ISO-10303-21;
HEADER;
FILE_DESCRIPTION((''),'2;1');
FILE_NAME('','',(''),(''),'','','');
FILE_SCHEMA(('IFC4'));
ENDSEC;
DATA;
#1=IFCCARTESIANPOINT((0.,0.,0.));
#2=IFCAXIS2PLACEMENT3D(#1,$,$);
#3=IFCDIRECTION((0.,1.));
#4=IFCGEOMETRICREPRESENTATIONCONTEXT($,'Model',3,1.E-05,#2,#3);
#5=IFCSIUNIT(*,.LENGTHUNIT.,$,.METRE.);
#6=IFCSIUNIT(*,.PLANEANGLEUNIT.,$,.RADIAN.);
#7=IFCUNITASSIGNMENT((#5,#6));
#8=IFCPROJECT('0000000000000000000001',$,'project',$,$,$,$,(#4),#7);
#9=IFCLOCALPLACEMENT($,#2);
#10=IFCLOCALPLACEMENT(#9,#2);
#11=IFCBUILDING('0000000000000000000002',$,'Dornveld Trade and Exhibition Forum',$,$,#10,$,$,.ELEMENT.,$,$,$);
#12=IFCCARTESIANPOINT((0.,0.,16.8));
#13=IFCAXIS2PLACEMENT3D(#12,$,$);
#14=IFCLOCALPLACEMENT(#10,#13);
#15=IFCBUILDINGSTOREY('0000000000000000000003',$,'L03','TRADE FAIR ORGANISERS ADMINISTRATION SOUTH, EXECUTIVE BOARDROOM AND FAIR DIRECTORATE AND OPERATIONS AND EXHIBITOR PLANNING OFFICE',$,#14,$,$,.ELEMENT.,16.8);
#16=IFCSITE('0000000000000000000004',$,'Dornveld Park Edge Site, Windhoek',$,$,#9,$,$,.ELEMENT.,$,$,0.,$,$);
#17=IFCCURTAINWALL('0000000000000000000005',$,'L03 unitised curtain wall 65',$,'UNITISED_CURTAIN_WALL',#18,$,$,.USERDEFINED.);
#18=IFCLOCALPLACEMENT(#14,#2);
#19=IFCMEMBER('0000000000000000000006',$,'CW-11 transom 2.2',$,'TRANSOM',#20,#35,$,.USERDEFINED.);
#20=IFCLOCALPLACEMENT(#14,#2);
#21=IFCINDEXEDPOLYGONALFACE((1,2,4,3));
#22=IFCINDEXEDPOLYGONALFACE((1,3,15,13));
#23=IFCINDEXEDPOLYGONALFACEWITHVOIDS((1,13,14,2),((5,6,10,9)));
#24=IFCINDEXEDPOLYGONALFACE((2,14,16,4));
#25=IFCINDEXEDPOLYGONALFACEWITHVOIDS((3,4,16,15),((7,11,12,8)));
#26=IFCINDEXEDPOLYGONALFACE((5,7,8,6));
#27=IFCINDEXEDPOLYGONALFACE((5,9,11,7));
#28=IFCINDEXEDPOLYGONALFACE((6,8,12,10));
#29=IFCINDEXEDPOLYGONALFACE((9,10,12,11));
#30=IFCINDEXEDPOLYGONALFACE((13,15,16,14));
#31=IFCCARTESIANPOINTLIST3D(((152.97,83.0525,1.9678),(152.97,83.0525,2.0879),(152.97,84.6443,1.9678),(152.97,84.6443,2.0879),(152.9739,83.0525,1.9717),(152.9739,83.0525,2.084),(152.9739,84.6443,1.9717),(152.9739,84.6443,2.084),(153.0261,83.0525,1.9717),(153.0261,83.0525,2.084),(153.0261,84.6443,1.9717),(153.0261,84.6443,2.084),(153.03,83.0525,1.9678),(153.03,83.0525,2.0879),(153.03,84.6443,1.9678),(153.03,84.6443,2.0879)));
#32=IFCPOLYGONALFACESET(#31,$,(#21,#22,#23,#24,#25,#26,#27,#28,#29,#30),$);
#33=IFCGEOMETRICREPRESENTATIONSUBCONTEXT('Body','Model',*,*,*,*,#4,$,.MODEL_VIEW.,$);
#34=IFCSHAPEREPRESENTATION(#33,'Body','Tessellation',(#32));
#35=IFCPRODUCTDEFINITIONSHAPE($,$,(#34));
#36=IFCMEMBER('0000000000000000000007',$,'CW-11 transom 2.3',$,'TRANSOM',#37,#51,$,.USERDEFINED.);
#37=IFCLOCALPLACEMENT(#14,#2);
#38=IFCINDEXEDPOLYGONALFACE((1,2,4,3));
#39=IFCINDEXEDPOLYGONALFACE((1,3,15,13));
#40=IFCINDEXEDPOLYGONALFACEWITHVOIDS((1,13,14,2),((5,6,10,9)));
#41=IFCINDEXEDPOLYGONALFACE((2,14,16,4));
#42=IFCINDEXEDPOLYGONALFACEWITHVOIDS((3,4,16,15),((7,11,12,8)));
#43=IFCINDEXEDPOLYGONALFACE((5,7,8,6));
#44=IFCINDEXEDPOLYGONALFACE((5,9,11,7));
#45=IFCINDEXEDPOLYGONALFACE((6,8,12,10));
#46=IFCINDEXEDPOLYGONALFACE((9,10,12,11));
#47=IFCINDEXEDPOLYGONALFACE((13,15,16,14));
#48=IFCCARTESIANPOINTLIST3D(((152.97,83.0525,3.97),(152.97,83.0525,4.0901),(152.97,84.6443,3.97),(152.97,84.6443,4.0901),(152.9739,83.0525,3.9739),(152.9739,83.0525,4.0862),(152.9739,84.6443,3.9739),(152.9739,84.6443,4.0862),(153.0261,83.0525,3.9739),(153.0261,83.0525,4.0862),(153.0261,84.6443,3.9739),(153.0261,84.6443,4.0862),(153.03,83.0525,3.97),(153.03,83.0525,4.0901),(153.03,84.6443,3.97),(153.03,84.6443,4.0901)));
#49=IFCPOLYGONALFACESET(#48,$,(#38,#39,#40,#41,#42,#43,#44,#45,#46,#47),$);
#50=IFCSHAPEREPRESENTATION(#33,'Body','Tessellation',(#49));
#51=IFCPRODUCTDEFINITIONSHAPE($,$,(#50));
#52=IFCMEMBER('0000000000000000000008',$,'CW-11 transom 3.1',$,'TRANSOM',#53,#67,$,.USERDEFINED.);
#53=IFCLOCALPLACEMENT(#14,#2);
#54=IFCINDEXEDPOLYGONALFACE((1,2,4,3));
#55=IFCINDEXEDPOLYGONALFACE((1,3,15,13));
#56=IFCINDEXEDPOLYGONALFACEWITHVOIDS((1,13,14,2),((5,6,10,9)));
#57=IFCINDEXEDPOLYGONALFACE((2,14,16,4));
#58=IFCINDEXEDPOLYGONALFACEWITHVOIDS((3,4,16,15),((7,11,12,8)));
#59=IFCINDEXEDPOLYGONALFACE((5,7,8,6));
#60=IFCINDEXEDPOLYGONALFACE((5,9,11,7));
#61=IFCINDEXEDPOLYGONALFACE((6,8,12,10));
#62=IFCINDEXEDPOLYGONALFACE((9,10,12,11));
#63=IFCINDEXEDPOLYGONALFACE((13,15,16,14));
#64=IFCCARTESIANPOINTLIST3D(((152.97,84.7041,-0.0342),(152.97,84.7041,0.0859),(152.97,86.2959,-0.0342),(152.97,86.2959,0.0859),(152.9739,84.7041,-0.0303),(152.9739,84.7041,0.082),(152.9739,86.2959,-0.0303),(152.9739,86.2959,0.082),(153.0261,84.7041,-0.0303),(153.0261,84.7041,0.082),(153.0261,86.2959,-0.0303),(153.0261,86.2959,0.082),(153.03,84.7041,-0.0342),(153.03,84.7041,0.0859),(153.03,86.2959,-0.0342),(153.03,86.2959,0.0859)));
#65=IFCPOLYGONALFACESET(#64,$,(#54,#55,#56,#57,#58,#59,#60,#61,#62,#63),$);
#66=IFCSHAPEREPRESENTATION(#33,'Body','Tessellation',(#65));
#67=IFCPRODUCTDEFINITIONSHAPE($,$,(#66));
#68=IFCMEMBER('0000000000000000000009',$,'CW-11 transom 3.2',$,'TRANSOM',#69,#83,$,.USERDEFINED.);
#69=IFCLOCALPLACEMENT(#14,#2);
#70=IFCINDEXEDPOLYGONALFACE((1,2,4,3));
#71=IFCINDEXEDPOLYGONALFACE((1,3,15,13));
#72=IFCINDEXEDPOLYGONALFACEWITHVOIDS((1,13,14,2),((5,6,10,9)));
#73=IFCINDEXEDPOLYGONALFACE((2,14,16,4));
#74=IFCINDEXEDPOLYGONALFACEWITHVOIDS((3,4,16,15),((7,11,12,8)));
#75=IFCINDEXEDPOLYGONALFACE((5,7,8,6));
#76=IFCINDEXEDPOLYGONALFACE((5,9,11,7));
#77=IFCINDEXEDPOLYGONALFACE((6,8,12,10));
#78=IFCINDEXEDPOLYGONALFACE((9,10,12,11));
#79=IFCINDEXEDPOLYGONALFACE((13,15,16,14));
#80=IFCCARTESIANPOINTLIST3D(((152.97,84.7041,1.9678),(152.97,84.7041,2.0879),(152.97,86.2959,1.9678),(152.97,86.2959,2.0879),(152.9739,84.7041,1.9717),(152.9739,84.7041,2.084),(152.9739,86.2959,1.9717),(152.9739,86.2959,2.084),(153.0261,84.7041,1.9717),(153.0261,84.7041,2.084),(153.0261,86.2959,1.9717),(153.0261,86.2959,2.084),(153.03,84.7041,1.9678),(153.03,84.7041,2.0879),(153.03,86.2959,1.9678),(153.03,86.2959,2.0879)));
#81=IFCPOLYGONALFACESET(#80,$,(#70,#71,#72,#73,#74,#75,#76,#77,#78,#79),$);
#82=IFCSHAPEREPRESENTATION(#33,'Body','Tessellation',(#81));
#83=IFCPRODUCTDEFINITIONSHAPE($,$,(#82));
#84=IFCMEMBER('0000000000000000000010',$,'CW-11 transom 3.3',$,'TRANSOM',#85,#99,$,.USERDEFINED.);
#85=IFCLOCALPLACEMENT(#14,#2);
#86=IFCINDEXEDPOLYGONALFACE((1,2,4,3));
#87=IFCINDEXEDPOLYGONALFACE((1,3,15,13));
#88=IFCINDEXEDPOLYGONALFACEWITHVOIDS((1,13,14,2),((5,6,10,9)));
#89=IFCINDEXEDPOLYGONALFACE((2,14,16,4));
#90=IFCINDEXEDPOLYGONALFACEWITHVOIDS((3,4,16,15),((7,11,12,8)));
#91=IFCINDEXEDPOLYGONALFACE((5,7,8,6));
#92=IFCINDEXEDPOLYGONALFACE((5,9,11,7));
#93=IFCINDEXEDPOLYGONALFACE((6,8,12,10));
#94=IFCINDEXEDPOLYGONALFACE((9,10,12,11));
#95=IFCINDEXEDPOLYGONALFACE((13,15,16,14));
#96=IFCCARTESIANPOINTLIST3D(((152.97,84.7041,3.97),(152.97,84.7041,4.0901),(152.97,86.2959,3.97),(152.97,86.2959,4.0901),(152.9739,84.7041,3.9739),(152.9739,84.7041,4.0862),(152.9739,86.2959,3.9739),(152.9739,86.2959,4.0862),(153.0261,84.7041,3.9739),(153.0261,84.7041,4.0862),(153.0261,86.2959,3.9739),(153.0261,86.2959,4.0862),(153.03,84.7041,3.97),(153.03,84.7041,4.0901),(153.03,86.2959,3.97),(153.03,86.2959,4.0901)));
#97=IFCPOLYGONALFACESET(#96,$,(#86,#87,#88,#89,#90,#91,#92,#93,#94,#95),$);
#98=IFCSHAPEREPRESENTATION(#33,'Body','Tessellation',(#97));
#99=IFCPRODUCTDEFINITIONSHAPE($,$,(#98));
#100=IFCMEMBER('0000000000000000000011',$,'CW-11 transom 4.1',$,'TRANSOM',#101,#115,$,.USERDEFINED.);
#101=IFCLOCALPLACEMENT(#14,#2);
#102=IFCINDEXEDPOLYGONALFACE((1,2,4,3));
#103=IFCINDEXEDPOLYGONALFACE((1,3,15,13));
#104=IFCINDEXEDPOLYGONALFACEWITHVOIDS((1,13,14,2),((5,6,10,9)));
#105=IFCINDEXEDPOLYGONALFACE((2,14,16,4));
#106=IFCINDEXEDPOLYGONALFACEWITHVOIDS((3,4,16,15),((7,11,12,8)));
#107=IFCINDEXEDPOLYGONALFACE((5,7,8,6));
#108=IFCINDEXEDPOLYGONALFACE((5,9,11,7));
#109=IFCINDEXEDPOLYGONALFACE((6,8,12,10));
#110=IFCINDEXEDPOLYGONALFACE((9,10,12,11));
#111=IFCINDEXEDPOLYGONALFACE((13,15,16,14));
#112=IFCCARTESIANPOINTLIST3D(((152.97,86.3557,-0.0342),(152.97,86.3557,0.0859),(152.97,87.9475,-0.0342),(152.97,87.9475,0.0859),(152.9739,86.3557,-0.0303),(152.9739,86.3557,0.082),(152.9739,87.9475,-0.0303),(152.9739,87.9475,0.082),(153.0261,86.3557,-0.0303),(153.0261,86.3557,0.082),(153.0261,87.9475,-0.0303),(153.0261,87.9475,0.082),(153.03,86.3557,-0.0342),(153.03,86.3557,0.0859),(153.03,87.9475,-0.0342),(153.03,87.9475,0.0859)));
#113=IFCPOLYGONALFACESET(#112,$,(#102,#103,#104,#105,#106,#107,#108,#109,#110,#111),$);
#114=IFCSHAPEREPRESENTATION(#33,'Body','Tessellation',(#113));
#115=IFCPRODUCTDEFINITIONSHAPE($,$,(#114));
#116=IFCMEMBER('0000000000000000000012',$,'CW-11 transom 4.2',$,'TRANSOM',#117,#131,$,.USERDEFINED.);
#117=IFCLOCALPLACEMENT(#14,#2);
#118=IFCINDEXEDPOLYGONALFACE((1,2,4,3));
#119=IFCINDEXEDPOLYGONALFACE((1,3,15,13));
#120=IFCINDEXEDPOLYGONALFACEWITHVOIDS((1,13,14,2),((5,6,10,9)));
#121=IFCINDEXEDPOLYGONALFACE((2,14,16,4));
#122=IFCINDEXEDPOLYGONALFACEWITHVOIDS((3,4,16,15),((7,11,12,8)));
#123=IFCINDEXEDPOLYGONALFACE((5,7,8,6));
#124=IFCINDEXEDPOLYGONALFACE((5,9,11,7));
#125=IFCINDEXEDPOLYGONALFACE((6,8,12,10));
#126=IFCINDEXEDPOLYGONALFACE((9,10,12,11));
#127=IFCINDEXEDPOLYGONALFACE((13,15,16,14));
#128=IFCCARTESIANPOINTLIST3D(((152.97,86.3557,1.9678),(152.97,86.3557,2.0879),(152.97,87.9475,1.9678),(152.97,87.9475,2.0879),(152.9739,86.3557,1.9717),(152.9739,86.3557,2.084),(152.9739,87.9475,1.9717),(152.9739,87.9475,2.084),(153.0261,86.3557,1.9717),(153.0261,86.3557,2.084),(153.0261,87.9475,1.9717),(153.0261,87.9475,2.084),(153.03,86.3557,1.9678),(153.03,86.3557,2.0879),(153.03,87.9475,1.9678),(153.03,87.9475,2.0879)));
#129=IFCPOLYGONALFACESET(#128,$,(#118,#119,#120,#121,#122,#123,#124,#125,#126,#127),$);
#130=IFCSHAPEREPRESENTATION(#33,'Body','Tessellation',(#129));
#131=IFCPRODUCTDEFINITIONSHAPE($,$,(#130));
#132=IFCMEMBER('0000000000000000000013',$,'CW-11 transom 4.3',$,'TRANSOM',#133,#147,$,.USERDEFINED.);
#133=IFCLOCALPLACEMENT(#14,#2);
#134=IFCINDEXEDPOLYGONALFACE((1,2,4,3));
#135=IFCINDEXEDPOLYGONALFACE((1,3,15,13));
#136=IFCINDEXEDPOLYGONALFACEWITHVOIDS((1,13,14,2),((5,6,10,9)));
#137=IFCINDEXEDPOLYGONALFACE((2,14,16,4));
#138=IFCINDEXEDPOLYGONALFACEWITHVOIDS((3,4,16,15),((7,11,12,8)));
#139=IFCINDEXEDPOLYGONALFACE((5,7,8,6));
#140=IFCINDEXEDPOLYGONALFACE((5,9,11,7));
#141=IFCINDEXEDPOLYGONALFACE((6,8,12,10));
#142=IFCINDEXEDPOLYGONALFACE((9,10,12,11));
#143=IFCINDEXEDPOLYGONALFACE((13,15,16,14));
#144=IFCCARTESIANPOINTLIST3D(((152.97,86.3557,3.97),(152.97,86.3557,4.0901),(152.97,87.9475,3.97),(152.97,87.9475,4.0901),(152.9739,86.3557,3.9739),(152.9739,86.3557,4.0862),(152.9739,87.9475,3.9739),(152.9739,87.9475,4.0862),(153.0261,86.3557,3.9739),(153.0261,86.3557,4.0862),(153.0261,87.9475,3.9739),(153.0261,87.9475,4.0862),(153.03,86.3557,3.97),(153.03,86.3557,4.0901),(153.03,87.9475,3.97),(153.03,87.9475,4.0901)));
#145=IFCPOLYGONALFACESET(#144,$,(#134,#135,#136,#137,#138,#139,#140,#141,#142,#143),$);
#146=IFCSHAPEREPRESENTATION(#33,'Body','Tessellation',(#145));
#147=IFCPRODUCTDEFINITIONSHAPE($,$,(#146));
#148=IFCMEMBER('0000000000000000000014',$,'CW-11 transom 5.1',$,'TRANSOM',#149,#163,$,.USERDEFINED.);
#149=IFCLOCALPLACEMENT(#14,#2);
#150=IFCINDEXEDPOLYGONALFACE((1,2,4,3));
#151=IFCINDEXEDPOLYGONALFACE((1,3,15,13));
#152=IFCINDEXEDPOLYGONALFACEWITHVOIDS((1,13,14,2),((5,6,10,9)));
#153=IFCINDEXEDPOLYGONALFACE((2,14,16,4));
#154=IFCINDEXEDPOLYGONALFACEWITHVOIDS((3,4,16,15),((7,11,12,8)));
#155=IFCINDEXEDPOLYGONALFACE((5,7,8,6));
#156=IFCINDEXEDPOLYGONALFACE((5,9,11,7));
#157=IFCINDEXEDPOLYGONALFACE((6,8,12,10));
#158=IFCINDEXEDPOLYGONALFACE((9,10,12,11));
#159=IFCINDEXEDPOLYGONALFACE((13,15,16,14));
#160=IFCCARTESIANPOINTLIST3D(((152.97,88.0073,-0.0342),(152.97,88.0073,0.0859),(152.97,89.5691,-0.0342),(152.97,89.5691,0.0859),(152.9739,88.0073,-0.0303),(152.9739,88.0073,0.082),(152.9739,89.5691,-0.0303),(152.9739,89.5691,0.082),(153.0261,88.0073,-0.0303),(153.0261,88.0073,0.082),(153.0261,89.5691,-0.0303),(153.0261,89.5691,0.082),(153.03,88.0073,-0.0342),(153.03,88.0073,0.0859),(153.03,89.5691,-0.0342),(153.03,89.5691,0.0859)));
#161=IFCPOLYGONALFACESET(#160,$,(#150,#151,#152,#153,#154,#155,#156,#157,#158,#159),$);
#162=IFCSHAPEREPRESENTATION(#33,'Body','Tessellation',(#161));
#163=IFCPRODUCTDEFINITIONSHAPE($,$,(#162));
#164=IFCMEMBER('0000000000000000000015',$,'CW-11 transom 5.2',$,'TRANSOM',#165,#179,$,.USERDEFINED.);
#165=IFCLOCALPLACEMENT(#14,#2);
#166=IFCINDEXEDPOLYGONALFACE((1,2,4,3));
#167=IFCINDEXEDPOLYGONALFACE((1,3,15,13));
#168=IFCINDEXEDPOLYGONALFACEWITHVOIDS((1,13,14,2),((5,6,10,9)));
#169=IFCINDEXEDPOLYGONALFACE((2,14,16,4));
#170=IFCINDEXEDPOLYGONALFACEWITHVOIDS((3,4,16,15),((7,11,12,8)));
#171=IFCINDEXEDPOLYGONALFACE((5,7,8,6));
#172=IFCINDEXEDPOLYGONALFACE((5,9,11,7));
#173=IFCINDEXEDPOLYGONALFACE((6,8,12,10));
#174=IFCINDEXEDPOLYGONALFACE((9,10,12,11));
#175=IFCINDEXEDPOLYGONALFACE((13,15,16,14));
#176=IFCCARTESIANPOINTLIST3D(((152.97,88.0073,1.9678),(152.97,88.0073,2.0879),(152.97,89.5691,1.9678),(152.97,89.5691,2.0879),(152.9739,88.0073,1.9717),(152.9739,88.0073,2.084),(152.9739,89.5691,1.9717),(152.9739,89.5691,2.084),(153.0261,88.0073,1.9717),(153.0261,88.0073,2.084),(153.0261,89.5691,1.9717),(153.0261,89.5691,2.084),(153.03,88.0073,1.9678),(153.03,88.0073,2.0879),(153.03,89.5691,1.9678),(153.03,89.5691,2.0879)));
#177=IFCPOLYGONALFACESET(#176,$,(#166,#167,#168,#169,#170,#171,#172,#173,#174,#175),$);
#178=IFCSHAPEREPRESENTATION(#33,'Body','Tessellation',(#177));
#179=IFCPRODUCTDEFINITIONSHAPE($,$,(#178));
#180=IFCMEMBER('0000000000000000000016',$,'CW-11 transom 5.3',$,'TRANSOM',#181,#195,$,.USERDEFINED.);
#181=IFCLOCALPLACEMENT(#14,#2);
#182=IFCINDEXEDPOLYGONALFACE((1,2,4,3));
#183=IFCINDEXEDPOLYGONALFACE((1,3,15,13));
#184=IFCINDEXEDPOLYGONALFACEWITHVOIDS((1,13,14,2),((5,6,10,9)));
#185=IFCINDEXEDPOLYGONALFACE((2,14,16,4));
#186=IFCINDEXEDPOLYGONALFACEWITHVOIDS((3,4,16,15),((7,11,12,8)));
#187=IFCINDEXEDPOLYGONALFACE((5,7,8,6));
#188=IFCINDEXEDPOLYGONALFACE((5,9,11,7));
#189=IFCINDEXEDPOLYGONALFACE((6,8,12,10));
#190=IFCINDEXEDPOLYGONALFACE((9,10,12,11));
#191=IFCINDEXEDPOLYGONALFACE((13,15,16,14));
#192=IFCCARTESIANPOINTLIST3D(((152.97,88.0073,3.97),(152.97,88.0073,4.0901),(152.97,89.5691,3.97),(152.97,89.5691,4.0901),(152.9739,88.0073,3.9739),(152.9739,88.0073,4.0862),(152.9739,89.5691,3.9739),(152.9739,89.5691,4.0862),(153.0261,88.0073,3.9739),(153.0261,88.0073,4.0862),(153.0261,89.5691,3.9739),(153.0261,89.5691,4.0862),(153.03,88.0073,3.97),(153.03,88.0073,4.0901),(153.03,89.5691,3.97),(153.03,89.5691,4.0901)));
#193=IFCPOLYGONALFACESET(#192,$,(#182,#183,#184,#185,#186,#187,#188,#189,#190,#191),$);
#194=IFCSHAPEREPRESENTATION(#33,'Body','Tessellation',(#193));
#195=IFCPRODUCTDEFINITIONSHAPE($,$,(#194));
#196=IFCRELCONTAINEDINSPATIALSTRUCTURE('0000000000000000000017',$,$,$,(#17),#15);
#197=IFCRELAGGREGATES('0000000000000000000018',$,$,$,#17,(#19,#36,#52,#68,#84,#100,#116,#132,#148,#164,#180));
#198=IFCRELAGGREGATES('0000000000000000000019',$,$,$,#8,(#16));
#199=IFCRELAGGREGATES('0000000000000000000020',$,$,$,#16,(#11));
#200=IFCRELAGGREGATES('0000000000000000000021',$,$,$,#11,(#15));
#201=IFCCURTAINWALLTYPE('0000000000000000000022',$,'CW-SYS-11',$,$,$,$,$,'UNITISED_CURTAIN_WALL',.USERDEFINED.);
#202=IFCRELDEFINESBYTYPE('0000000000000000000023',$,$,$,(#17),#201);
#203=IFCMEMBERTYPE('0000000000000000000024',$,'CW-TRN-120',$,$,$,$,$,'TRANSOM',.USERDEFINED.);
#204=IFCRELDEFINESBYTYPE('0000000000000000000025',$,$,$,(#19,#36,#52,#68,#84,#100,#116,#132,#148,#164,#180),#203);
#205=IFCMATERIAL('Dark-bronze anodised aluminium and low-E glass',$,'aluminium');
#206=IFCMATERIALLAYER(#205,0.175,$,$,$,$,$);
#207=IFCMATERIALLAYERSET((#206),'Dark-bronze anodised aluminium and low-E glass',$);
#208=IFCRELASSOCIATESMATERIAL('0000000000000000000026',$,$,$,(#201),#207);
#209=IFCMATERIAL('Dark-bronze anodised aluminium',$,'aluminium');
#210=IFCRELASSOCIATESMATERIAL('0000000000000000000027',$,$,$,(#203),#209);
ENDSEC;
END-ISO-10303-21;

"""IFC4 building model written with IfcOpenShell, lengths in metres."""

from ifc_helpers import new_model, si_unit, direction, frame, origin, origin_2d, place, context, subcontext, project, spatial, hollow_rectangle, extrude, material, layer, layer_set, material_profile, profile_set, type_object, element, aggregate, save


model = new_model("IFC4")

# Units and contexts
model_context = context("Model", 3, precision=1e-05, world=origin(), true_north=direction((0.0, 1.0)))
body_context = subcontext(model_context, "Body", "Model", "MODEL_VIEW")
ifc_project = project(units=[si_unit("LENGTHUNIT", "METRE"), si_unit("PLANEANGLEUNIT", "RADIAN")], contexts=[model_context])

# Site, building, storey
site_placement = place(None, origin())
site = spatial("IfcSite", under=ifc_project, at=site_placement, Name="Dornveld Park Edge Site, Windhoek", CompositionType="ELEMENT", RefElevation=0.0)
building_placement = place(site_placement, origin())
building = spatial("IfcBuilding", under=site, at=building_placement, Name="Dornveld Trade and Exhibition Forum", CompositionType="ELEMENT")
storey_placement = place(building_placement, frame((0.0, 0.0, 16.8)))
storey = spatial("IfcBuildingStorey", under=building, at=storey_placement, Name="L03", Description="TRADE FAIR ORGANISERS ADMINISTRATION SOUTH, EXECUTIVE BOARDROOM AND FAIR DIRECTORATE AND OPERATIONS AND EXHIBITOR PLANNING OFFICE", CompositionType="ELEMENT", Elevation=16.8)

# Curtain wall, members
ifc_material_1 = material(Name="Dark-bronze anodised aluminium and low-E glass", Category="aluminium")
ifc_layer_1 = layer(ifc_material_1, 0.175)
ifc_layer_set_1 = layer_set([ifc_layer_1], Name="Dark-bronze anodised aluminium and low-E glass")
curtain_wall_type = type_object("IfcCurtainWallType", Name="CW-SYS-11", ElementType="UNITISED_CURTAIN_WALL", PredefinedType="USERDEFINED", material=ifc_layer_set_1)
curtain_wall_placement = place(storey_placement, origin())
curtain_wall = element("IfcCurtainWall", 1, at=curtain_wall_placement, inside=storey, type_object=curtain_wall_type, Name="L03 unitised curtain wall 65", ObjectType="UNITISED_CURTAIN_WALL", PredefinedType="USERDEFINED")
ifc_material_2 = material(Name="Dark-bronze anodised aluminium", Category="aluminium")
ifc_material_profile_1 = material_profile(ifc_material_2, hollow_rectangle(XDim=0.0601, YDim=0.1201, WallThickness=0.0039, at=origin_2d()), Name="RHS 120x60x4")
ifc_profile_set_1 = profile_set([ifc_material_profile_1], Name="Dark-bronze anodised aluminium")
member_type_1 = type_object("IfcMemberType", Name="CW-TRN-120", ElementType="TRANSOM", PredefinedType="USERDEFINED", material=ifc_profile_set_1)
member_1_placement = place(storey_placement, frame((153.0, 83.0525, 2.0278), z_axis=(0.0, 1.0, 0.0), x_axis=(-1.0, 0.0, 0.0)))
member_1 = element("IfcMember", 2, at=member_1_placement, type_object=member_type_1, Name="CW-11 transom 2.2", ObjectType="TRANSOM", PredefinedType="USERDEFINED", context=body_context, shape_type="SweptSolid", body=[
    extrude(hollow_rectangle(XDim=0.0601, YDim=0.1201, WallThickness=0.0039, at=origin_2d()), origin(), (0.0, 0.0, 1.0), 1.5918),
])
member_2_placement = place(storey_placement, frame((153.0, 83.0525, 4.03), z_axis=(0.0, 1.0, 0.0), x_axis=(-1.0, 0.0, 0.0)))
member_2 = element("IfcMember", 3, at=member_2_placement, type_object=member_type_1, Name="CW-11 transom 2.3", ObjectType="TRANSOM", PredefinedType="USERDEFINED", context=body_context, shape_type="SweptSolid", body=[
    extrude(hollow_rectangle(XDim=0.0601, YDim=0.1201, WallThickness=0.0039, at=origin_2d()), origin(), (0.0, 0.0, 1.0), 1.5918),
])
member_3_placement = place(storey_placement, frame((153.0, 84.7041, 0.0259), z_axis=(0.0, 1.0, 0.0), x_axis=(-1.0, 0.0, 0.0)))
member_3 = element("IfcMember", 4, at=member_3_placement, type_object=member_type_1, Name="CW-11 transom 3.1", ObjectType="TRANSOM", PredefinedType="USERDEFINED", context=body_context, shape_type="SweptSolid", body=[
    extrude(hollow_rectangle(XDim=0.0601, YDim=0.1201, WallThickness=0.0039, at=origin_2d()), origin(), (0.0, 0.0, 1.0), 1.5918),
])
member_4_placement = place(storey_placement, frame((153.0, 84.7041, 2.0278), z_axis=(0.0, 1.0, 0.0), x_axis=(-1.0, 0.0, 0.0)))
member_4 = element("IfcMember", 5, at=member_4_placement, type_object=member_type_1, Name="CW-11 transom 3.2", ObjectType="TRANSOM", PredefinedType="USERDEFINED", context=body_context, shape_type="SweptSolid", body=[
    extrude(hollow_rectangle(XDim=0.0601, YDim=0.1201, WallThickness=0.0039, at=origin_2d()), origin(), (0.0, 0.0, 1.0), 1.5918),
])
member_5_placement = place(storey_placement, frame((153.0, 84.7041, 4.03), z_axis=(0.0, 1.0, 0.0), x_axis=(-1.0, 0.0, 0.0)))
member_5 = element("IfcMember", 6, at=member_5_placement, type_object=member_type_1, Name="CW-11 transom 3.3", ObjectType="TRANSOM", PredefinedType="USERDEFINED", context=body_context, shape_type="SweptSolid", body=[
    extrude(hollow_rectangle(XDim=0.0601, YDim=0.1201, WallThickness=0.0039, at=origin_2d()), origin(), (0.0, 0.0, 1.0), 1.5918),
])
member_6_placement = place(storey_placement, frame((153.0, 86.3557, 0.0259), z_axis=(0.0, 1.0, 0.0), x_axis=(-1.0, 0.0, 0.0)))
member_6 = element("IfcMember", 7, at=member_6_placement, type_object=member_type_1, Name="CW-11 transom 4.1", ObjectType="TRANSOM", PredefinedType="USERDEFINED", context=body_context, shape_type="SweptSolid", body=[
    extrude(hollow_rectangle(XDim=0.0601, YDim=0.1201, WallThickness=0.0039, at=origin_2d()), origin(), (0.0, 0.0, 1.0), 1.5918),
])
member_7_placement = place(storey_placement, frame((153.0, 86.3557, 2.0278), z_axis=(0.0, 1.0, 0.0), x_axis=(-1.0, 0.0, 0.0)))
member_7 = element("IfcMember", 8, at=member_7_placement, type_object=member_type_1, Name="CW-11 transom 4.2", ObjectType="TRANSOM", PredefinedType="USERDEFINED", context=body_context, shape_type="SweptSolid", body=[
    extrude(hollow_rectangle(XDim=0.0601, YDim=0.1201, WallThickness=0.0039, at=origin_2d()), origin(), (0.0, 0.0, 1.0), 1.5918),
])
member_8_placement = place(storey_placement, frame((153.0, 86.3557, 4.03), z_axis=(0.0, 1.0, 0.0), x_axis=(-1.0, 0.0, 0.0)))
member_8 = element("IfcMember", 9, at=member_8_placement, type_object=member_type_1, Name="CW-11 transom 4.3", ObjectType="TRANSOM", PredefinedType="USERDEFINED", context=body_context, shape_type="SweptSolid", body=[
    extrude(hollow_rectangle(XDim=0.0601, YDim=0.1201, WallThickness=0.0039, at=origin_2d()), origin(), (0.0, 0.0, 1.0), 1.5918),
])
member_9_placement = place(storey_placement, frame((153.0, 88.0073, 0.0259), z_axis=(0.0, 1.0, 0.0), x_axis=(-1.0, 0.0, 0.0)))
member_9 = element("IfcMember", 10, at=member_9_placement, type_object=member_type_1, Name="CW-11 transom 5.1", ObjectType="TRANSOM", PredefinedType="USERDEFINED", context=body_context, shape_type="SweptSolid", body=[
    extrude(hollow_rectangle(XDim=0.0601, YDim=0.1201, WallThickness=0.0039, at=origin_2d()), origin(), (0.0, 0.0, 1.0), 1.5618),
])
member_10_placement = place(storey_placement, frame((153.0, 88.0073, 2.0278), z_axis=(0.0, 1.0, 0.0), x_axis=(-1.0, 0.0, 0.0)))
member_10 = element("IfcMember", 11, at=member_10_placement, type_object=member_type_1, Name="CW-11 transom 5.2", ObjectType="TRANSOM", PredefinedType="USERDEFINED", context=body_context, shape_type="SweptSolid", body=[
    extrude(hollow_rectangle(XDim=0.0601, YDim=0.1201, WallThickness=0.0039, at=origin_2d()), origin(), (0.0, 0.0, 1.0), 1.5618),
])
member_11_placement = place(storey_placement, frame((153.0, 88.0073, 4.03), z_axis=(0.0, 1.0, 0.0), x_axis=(-1.0, 0.0, 0.0)))
member_11 = element("IfcMember", 12, at=member_11_placement, type_object=member_type_1, Name="CW-11 transom 5.3", ObjectType="TRANSOM", PredefinedType="USERDEFINED", context=body_context, shape_type="SweptSolid", body=[
    extrude(hollow_rectangle(XDim=0.0601, YDim=0.1201, WallThickness=0.0039, at=origin_2d()), origin(), (0.0, 0.0, 1.0), 1.5618),
])

aggregate(curtain_wall, [member_1, member_2, member_3, member_4, member_5, member_6, member_7, member_8, member_9, member_10, member_11])

save(model, "model.ifc")
